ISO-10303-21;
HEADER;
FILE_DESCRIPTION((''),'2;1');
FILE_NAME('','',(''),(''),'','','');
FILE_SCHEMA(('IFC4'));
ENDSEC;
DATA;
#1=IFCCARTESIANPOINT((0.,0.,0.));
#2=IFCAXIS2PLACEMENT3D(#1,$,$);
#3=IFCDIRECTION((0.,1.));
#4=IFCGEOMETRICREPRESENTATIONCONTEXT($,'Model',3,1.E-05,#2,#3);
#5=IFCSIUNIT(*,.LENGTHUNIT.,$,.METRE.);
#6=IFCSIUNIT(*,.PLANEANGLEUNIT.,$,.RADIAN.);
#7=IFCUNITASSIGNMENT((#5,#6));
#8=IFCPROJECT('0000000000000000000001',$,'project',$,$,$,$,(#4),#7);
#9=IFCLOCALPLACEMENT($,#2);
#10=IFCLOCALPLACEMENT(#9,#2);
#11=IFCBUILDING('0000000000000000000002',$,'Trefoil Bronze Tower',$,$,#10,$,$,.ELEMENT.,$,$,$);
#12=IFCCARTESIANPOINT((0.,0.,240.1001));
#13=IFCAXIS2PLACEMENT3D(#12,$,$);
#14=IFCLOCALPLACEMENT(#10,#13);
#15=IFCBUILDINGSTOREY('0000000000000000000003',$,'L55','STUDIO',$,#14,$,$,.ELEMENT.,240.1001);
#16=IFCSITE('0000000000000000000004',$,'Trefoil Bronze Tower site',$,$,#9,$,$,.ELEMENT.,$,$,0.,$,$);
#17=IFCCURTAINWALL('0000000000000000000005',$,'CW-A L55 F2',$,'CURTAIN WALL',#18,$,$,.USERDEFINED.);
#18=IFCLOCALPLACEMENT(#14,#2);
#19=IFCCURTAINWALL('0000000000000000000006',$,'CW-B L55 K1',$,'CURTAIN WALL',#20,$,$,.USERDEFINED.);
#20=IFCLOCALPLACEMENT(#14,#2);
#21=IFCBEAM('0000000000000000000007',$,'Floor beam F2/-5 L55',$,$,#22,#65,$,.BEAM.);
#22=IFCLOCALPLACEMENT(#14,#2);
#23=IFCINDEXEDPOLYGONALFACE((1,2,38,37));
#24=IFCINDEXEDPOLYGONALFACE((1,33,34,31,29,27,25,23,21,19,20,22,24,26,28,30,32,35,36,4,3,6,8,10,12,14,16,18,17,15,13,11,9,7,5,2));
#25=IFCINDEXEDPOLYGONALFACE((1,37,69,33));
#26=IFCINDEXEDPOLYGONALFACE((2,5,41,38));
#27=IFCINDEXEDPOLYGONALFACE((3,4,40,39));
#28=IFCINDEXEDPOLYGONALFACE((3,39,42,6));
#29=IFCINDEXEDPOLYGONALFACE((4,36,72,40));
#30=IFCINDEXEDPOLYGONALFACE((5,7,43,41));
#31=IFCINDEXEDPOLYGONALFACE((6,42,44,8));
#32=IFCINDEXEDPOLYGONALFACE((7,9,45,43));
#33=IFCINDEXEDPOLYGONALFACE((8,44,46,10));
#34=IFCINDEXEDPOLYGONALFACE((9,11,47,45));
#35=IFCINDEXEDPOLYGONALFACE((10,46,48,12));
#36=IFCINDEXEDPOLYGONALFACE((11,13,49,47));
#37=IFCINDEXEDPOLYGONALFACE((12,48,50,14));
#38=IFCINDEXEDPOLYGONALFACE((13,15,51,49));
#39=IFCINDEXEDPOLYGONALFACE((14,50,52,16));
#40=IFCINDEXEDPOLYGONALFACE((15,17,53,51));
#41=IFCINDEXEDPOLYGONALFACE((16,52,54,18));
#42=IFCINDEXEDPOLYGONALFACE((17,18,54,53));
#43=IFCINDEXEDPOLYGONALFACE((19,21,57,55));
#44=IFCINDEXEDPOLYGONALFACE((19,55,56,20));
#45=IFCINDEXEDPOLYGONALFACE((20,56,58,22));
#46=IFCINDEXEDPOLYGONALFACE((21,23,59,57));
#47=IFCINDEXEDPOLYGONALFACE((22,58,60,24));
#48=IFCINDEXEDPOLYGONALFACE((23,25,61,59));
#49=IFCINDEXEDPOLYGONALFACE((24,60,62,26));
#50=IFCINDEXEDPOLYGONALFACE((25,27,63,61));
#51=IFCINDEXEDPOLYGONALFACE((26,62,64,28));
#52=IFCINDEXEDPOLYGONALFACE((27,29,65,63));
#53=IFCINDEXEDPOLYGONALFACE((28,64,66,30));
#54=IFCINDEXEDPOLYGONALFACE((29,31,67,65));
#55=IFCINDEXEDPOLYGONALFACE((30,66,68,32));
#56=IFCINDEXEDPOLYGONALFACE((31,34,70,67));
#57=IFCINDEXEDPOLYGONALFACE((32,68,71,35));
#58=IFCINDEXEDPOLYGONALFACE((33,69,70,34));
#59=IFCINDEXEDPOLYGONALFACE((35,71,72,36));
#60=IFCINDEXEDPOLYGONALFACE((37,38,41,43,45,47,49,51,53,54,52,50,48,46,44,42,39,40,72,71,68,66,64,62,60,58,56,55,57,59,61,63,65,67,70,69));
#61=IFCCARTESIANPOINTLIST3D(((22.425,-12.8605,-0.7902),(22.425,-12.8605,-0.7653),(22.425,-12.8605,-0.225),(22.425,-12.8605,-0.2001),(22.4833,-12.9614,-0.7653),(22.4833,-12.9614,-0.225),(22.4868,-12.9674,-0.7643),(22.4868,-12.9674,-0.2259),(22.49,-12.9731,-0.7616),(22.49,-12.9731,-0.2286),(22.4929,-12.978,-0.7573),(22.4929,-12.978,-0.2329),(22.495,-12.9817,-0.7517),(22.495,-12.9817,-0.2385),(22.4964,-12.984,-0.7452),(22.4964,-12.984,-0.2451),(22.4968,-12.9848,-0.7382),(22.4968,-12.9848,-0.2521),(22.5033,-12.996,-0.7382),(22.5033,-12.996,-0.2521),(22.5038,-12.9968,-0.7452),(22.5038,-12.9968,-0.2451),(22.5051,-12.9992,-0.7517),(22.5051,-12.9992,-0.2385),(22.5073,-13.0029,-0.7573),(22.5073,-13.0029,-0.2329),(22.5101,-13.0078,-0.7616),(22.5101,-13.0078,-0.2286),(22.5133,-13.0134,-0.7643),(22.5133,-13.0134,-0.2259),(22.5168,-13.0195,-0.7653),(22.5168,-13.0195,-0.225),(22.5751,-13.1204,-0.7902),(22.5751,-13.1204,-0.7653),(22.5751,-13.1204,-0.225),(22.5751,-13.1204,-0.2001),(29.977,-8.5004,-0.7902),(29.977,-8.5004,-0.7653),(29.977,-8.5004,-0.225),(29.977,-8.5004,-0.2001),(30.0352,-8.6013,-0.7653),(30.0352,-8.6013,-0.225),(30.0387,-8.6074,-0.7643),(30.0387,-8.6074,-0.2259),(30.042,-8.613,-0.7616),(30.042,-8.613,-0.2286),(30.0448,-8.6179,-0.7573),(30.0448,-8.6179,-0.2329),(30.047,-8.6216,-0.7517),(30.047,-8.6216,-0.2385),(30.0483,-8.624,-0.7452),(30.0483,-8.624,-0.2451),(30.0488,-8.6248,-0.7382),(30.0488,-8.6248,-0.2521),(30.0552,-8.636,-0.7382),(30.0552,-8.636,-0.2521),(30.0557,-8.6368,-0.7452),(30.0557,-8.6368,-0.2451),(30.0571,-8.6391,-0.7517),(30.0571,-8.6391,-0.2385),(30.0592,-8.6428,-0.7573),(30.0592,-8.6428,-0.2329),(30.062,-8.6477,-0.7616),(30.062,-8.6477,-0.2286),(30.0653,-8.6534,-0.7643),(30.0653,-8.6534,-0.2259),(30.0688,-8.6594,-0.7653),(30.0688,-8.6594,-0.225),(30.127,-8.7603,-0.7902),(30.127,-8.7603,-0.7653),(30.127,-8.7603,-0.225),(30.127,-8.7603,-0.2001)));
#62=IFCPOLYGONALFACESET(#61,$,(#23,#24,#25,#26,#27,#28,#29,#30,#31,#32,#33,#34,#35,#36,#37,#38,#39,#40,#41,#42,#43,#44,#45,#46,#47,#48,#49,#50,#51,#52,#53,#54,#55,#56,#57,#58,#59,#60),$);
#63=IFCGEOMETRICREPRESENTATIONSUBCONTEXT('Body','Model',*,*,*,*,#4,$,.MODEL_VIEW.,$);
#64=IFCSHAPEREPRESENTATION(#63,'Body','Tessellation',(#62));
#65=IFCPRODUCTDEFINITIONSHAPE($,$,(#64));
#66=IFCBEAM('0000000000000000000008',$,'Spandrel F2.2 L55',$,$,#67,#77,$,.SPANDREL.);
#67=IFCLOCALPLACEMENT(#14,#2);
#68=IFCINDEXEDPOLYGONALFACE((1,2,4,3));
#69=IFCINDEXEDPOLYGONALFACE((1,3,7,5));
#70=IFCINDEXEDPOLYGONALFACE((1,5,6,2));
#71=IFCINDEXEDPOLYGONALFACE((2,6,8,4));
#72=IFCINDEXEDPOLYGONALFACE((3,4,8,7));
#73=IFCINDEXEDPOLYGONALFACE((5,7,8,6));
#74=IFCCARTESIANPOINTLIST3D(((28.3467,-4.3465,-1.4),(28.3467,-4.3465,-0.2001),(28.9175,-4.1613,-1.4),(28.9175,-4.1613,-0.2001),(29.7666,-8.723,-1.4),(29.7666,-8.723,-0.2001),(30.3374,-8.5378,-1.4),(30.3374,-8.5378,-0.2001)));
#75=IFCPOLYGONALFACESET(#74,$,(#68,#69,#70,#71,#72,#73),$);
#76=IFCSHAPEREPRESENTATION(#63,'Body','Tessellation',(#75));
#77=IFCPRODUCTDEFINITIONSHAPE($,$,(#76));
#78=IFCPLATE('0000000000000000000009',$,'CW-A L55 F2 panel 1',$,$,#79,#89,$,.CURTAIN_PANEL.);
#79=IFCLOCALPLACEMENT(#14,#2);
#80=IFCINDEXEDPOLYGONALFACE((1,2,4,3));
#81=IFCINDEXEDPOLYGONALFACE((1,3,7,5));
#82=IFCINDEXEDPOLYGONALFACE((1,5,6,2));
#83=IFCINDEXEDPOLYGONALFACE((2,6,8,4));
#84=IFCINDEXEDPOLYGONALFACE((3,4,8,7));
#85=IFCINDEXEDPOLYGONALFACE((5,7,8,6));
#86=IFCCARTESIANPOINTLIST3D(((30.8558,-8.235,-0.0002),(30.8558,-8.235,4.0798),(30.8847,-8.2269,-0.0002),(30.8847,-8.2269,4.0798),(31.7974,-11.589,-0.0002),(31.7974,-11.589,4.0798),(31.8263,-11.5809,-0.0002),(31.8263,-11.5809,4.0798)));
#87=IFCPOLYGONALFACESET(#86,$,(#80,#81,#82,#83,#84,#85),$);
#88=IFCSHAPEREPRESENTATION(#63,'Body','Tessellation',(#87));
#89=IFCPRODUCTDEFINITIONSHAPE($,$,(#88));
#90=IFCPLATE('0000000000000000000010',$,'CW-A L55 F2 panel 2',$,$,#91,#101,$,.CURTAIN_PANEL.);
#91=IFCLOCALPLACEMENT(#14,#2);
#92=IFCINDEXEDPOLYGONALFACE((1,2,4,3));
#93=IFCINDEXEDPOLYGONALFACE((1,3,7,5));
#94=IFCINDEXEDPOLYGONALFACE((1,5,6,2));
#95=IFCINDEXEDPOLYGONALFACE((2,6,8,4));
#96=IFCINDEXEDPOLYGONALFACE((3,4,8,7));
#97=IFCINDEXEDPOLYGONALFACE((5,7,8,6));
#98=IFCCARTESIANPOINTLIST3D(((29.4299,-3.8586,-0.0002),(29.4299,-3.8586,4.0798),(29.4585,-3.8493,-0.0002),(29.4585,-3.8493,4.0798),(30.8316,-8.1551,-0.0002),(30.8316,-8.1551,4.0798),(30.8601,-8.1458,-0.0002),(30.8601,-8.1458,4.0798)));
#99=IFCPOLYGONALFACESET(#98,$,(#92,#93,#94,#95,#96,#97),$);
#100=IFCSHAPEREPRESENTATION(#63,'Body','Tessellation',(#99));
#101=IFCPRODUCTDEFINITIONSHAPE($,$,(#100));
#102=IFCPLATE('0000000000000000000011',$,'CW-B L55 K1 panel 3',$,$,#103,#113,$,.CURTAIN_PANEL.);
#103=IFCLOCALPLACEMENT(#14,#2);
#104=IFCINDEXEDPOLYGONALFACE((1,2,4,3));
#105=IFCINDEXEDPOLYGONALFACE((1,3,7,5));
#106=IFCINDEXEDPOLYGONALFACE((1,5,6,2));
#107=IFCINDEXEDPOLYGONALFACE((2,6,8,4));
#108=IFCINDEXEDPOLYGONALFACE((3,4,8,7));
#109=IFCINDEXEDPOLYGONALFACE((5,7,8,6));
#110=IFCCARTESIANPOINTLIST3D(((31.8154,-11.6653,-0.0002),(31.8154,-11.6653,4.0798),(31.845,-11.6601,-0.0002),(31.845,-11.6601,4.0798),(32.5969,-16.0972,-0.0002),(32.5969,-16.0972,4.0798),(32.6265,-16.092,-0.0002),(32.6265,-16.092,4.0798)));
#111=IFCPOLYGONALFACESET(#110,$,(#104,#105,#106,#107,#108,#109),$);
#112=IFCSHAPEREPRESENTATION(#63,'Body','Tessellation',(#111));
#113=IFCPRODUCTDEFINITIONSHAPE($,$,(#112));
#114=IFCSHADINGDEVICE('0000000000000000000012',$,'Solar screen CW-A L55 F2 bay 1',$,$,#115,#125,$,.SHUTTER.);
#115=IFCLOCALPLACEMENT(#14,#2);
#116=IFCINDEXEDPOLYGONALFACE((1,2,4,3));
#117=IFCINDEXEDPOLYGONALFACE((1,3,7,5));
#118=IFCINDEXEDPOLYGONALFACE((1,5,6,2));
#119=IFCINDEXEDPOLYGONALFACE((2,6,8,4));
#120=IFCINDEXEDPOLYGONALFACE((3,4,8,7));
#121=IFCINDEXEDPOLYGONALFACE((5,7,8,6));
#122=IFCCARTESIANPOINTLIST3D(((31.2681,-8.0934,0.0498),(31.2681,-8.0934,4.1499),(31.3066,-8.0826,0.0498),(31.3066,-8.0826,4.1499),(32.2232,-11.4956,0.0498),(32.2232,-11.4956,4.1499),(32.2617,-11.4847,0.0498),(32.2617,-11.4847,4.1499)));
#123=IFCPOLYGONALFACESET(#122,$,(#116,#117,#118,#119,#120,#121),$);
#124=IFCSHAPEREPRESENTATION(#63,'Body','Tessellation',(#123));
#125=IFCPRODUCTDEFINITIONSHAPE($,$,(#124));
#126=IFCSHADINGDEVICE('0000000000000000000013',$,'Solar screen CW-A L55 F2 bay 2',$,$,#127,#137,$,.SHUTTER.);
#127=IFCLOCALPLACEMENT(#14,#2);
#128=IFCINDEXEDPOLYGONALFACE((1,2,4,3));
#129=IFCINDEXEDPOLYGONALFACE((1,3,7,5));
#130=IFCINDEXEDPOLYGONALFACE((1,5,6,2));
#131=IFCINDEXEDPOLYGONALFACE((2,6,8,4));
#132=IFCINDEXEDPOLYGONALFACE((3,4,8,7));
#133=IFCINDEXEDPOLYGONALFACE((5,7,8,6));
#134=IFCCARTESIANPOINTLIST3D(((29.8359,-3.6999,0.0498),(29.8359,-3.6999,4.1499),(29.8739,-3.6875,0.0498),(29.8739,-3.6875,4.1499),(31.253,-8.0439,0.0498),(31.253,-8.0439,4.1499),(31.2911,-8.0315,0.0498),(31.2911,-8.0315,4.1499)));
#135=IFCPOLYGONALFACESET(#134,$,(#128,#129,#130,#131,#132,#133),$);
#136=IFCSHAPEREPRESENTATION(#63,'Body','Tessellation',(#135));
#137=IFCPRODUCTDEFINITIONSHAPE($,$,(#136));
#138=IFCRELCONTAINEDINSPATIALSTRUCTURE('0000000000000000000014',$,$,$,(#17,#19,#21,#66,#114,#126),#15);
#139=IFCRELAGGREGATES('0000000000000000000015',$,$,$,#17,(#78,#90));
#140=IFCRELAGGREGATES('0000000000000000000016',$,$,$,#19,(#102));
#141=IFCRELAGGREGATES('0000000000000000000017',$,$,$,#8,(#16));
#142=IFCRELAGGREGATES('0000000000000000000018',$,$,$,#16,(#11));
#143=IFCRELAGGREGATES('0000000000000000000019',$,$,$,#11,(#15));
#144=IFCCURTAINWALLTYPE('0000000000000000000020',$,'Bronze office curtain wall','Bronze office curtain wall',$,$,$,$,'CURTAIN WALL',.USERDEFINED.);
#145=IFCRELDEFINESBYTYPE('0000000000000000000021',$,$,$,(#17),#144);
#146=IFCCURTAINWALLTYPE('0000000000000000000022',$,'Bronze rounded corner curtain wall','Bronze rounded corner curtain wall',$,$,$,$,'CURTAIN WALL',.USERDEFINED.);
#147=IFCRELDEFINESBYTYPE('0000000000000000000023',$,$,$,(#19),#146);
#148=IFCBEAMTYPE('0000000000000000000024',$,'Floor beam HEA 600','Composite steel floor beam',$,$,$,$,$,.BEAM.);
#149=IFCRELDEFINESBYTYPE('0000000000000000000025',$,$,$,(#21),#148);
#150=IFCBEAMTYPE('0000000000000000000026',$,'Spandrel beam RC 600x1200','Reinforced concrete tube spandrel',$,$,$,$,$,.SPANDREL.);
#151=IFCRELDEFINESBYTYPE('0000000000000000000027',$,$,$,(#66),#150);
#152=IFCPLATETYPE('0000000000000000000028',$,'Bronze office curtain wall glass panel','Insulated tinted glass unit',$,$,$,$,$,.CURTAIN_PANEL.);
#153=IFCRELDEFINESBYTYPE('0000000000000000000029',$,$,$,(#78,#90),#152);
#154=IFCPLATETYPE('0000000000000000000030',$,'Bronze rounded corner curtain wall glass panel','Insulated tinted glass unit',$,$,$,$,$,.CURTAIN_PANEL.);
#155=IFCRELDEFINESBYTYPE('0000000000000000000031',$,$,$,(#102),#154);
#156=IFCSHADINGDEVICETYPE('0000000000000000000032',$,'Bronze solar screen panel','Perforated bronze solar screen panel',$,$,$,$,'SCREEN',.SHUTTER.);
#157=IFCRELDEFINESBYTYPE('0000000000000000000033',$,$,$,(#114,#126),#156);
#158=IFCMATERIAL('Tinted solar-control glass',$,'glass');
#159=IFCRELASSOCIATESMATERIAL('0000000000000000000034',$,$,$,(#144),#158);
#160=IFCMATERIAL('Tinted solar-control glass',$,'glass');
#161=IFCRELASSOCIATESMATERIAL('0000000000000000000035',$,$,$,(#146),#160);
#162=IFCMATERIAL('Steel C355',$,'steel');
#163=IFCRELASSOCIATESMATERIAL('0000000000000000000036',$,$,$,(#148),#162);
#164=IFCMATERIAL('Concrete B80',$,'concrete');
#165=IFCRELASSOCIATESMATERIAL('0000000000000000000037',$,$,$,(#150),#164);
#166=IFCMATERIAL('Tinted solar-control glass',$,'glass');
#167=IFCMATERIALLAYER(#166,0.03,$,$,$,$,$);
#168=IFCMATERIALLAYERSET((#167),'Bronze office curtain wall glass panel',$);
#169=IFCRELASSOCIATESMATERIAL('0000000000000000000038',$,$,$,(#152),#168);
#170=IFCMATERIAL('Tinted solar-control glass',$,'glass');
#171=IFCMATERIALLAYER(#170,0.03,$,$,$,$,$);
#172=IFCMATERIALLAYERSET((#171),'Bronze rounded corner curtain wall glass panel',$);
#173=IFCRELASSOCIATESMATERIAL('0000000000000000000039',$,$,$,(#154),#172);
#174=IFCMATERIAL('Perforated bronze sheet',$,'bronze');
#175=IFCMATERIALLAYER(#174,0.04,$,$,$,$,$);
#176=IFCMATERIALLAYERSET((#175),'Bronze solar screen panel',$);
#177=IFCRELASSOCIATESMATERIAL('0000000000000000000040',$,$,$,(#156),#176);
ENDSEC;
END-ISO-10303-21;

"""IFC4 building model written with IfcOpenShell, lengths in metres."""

from ifc_helpers import new_model, si_unit, direction, frame, origin, origin_2d, place, context, subcontext, project, spatial, rectangle, i_section, extrude, material, layer, layer_set, material_profile, profile_set, type_object, element, aggregate, save


model = new_model("IFC4")

# Units and contexts
model_context = context("Model", 3, precision=1e-05, world=origin(), true_north=direction((0.0, 1.0)))
body_context = subcontext(model_context, "Body", "Model", "MODEL_VIEW")
ifc_project = project(units=[si_unit("LENGTHUNIT", "METRE"), si_unit("PLANEANGLEUNIT", "RADIAN")], contexts=[model_context])

# Site, building, storey
site_placement = place(None, origin())
site = spatial("IfcSite", under=ifc_project, at=site_placement, Name="Trefoil Bronze Tower site", CompositionType="ELEMENT", RefElevation=0.0)
building_placement = place(site_placement, origin())
building = spatial("IfcBuilding", under=site, at=building_placement, Name="Trefoil Bronze Tower", CompositionType="ELEMENT")
storey_placement = place(building_placement, frame((0.0, 0.0, 240.1001)))
storey = spatial("IfcBuildingStorey", under=building, at=storey_placement, Name="L55", Description="STUDIO", CompositionType="ELEMENT", Elevation=240.1001)

# Curtain wall
ifc_material_1 = material(Name="Tinted solar-control glass", Category="glass")
curtain_wall_type_1 = type_object("IfcCurtainWallType", Name="Bronze office curtain wall", Description="Bronze office curtain wall", ElementType="CURTAIN WALL", PredefinedType="USERDEFINED", material=ifc_material_1)
curtain_wall_1_placement = place(storey_placement, origin())
curtain_wall_1 = element("IfcCurtainWall", 1, at=curtain_wall_1_placement, inside=storey, type_object=curtain_wall_type_1, Name="CW-A L55 F2", ObjectType="CURTAIN WALL", PredefinedType="USERDEFINED")

# Curtain wall
ifc_material_2 = material(Name="Tinted solar-control glass", Category="glass")
curtain_wall_type_2 = type_object("IfcCurtainWallType", Name="Bronze rounded corner curtain wall", Description="Bronze rounded corner curtain wall", ElementType="CURTAIN WALL", PredefinedType="USERDEFINED", material=ifc_material_2)
curtain_wall_2_placement = place(storey_placement, origin())
curtain_wall_2 = element("IfcCurtainWall", 2, at=curtain_wall_2_placement, inside=storey, type_object=curtain_wall_type_2, Name="CW-B L55 K1", ObjectType="CURTAIN WALL", PredefinedType="USERDEFINED")

# Beams
ifc_material_3 = material(Name="Steel C355", Category="steel")
ifc_material_profile_1 = material_profile(ifc_material_3, i_section(OverallWidth=0.3, OverallDepth=0.5901, WebThickness=0.0129, FlangeThickness=0.0249, FilletRadius=0.0271, at=origin_2d()), Name="HEA 600")
ifc_profile_set_1 = profile_set([ifc_material_profile_1], Name="Steel C355")
beam_type_1 = type_object("IfcBeamType", Name="Floor beam HEA 600", Description="Composite steel floor beam", PredefinedType="BEAM", material=ifc_profile_set_1)
beam_1_placement = place(storey_placement, frame((30.052, -8.6304, -0.4951), z_axis=(-0.866028, -0.499996, 0.0), x_axis=(0.499996, -0.866028, 0.0)))
element("IfcBeam", 3, at=beam_1_placement, inside=storey, type_object=beam_type_1, Name="Floor beam F2/-5 L55", PredefinedType="BEAM", context=body_context, shape_type="SweptSolid", body=[
    extrude(i_section(OverallWidth=0.3, OverallDepth=0.5901, WebThickness=0.0129, FlangeThickness=0.0249, FilletRadius=0.0271, at=origin_2d()), origin(), (0.0, 0.0, 1.0), 8.7202),
])
ifc_material_4 = material(Name="Concrete B80", Category="concrete")
ifc_material_profile_2 = material_profile(ifc_material_4, rectangle(XDim=0.6001, YDim=1.2, at=origin_2d()), Name="RC 600x1200")
ifc_profile_set_2 = profile_set([ifc_material_profile_2], Name="Concrete B80")
beam_type_2 = type_object("IfcBeamType", Name="Spandrel beam RC 600x1200", Description="Reinforced concrete tube spandrel", PredefinedType="SPANDREL", material=ifc_profile_set_2)
beam_2_placement = place(storey_placement, frame((30.052, -8.6304, -0.8), z_axis=(-0.308609, 0.951189, 0.0), x_axis=(-0.951189, -0.308609, 0.0)))
element("IfcBeam", 4, at=beam_2_placement, inside=storey, type_object=beam_type_2, Name="Spandrel F2.2 L55", PredefinedType="SPANDREL", context=body_context, shape_type="SweptSolid", body=[
    extrude(rectangle(XDim=0.6001, YDim=1.2, at=origin_2d()), origin(), (0.0, 0.0, 1.0), 4.6011),
])

# Plates
ifc_material_5 = material(Name="Tinted solar-control glass", Category="glass")
ifc_layer_1 = layer(ifc_material_5, 0.03)
ifc_layer_set_1 = layer_set([ifc_layer_1], Name="Bronze office curtain wall glass panel")
plate_type_1 = type_object("IfcPlateType", Name="Bronze office curtain wall glass panel", Description="Insulated tinted glass unit", PredefinedType="CURTAIN_PANEL", material=ifc_layer_set_1)
plate_1_placement = place(storey_placement, frame((31.3411, -9.908, -0.0002), z_axis=(0.0, 0.0, 1.0), x_axis=(-0.270282, 0.962781, 0.0)))
plate_1 = element("IfcPlate", 5, at=plate_1_placement, type_object=plate_type_1, Name="CW-A L55 F2 panel 1", PredefinedType="CURTAIN_PANEL", context=body_context, shape_type="SweptSolid", body=[
    extrude(rectangle(XDim=3.4836, YDim=0.03, at=origin_2d()), origin(), (0.0, 0.0, 1.0), 4.0801),
])
plate_2_placement = place(storey_placement, frame((30.145, -6.0022, -0.0002), z_axis=(0.0, 0.0, 1.0), x_axis=(-0.310149, 0.950688, 0.0)))
plate_2 = element("IfcPlate", 6, at=plate_2_placement, type_object=plate_type_1, Name="CW-A L55 F2 panel 2", PredefinedType="CURTAIN_PANEL", context=body_context, shape_type="SweptSolid", body=[
    extrude(rectangle(XDim=4.5193, YDim=0.03, at=origin_2d()), origin(), (0.0, 0.0, 1.0), 4.0801),
])
aggregate(curtain_wall_1, [plate_1, plate_2])
ifc_material_6 = material(Name="Tinted solar-control glass", Category="glass")
ifc_layer_2 = layer(ifc_material_6, 0.03)
ifc_layer_set_2 = layer_set([ifc_layer_2], Name="Bronze rounded corner curtain wall glass panel")
plate_type_2 = type_object("IfcPlateType", Name="Bronze rounded corner curtain wall glass panel", Description="Insulated tinted glass unit", PredefinedType="CURTAIN_PANEL", material=ifc_layer_set_2)
plate_3_placement = place(storey_placement, frame((32.2209, -13.8787, -0.0002), z_axis=(0.0, 0.0, 1.0), x_axis=(-0.173648, 0.984808, 0.0)))
plate_3 = element("IfcPlate", 7, at=plate_3_placement, type_object=plate_type_2, Name="CW-B L55 K1 panel 3", PredefinedType="CURTAIN_PANEL", context=body_context, shape_type="SweptSolid", body=[
    extrude(rectangle(XDim=4.5002, YDim=0.03, at=origin_2d()), origin(), (0.0, 0.0, 1.0), 4.0801),
])
aggregate(curtain_wall_2, [plate_3])

# Shading devices
ifc_material_7 = material(Name="Perforated bronze sheet", Category="bronze")
ifc_layer_3 = layer(ifc_material_7, 0.04)
ifc_layer_set_3 = layer_set([ifc_layer_3], Name="Bronze solar screen panel")
shading_device_type = type_object("IfcShadingDeviceType", Name="Bronze solar screen panel", Description="Perforated bronze solar screen panel", ElementType="SCREEN", PredefinedType="SHUTTER", material=ifc_layer_set_3)
shading_device_1_placement = place(storey_placement, frame((31.7649, -9.7891, 0.0498), z_axis=(0.0, 0.0, 1.0), x_axis=(-0.270282, 0.962781, 0.0)))
element("IfcShadingDevice", 8, at=shading_device_1_placement, inside=storey, type_object=shading_device_type, Name="Solar screen CW-A L55 F2 bay 1", PredefinedType="SHUTTER", context=body_context, shape_type="SweptSolid", body=[
    extrude(rectangle(XDim=3.5337, YDim=0.04, at=origin_2d()), origin(), (0.0, 0.0, 1.0), 4.1001),
])
shading_device_2_placement = place(storey_placement, frame((30.5635, -5.8657, 0.0498), z_axis=(0.0, 0.0, 1.0), x_axis=(-0.310149, 0.950688, 0.0)))
element("IfcShadingDevice", 9, at=shading_device_2_placement, inside=storey, type_object=shading_device_type, Name="Solar screen CW-A L55 F2 bay 2", PredefinedType="SHUTTER", context=body_context, shape_type="SweptSolid", body=[
    extrude(rectangle(XDim=4.5693, YDim=0.04, at=origin_2d()), origin(), (0.0, 0.0, 1.0), 4.1001),
])

save(model, "model.ifc")
